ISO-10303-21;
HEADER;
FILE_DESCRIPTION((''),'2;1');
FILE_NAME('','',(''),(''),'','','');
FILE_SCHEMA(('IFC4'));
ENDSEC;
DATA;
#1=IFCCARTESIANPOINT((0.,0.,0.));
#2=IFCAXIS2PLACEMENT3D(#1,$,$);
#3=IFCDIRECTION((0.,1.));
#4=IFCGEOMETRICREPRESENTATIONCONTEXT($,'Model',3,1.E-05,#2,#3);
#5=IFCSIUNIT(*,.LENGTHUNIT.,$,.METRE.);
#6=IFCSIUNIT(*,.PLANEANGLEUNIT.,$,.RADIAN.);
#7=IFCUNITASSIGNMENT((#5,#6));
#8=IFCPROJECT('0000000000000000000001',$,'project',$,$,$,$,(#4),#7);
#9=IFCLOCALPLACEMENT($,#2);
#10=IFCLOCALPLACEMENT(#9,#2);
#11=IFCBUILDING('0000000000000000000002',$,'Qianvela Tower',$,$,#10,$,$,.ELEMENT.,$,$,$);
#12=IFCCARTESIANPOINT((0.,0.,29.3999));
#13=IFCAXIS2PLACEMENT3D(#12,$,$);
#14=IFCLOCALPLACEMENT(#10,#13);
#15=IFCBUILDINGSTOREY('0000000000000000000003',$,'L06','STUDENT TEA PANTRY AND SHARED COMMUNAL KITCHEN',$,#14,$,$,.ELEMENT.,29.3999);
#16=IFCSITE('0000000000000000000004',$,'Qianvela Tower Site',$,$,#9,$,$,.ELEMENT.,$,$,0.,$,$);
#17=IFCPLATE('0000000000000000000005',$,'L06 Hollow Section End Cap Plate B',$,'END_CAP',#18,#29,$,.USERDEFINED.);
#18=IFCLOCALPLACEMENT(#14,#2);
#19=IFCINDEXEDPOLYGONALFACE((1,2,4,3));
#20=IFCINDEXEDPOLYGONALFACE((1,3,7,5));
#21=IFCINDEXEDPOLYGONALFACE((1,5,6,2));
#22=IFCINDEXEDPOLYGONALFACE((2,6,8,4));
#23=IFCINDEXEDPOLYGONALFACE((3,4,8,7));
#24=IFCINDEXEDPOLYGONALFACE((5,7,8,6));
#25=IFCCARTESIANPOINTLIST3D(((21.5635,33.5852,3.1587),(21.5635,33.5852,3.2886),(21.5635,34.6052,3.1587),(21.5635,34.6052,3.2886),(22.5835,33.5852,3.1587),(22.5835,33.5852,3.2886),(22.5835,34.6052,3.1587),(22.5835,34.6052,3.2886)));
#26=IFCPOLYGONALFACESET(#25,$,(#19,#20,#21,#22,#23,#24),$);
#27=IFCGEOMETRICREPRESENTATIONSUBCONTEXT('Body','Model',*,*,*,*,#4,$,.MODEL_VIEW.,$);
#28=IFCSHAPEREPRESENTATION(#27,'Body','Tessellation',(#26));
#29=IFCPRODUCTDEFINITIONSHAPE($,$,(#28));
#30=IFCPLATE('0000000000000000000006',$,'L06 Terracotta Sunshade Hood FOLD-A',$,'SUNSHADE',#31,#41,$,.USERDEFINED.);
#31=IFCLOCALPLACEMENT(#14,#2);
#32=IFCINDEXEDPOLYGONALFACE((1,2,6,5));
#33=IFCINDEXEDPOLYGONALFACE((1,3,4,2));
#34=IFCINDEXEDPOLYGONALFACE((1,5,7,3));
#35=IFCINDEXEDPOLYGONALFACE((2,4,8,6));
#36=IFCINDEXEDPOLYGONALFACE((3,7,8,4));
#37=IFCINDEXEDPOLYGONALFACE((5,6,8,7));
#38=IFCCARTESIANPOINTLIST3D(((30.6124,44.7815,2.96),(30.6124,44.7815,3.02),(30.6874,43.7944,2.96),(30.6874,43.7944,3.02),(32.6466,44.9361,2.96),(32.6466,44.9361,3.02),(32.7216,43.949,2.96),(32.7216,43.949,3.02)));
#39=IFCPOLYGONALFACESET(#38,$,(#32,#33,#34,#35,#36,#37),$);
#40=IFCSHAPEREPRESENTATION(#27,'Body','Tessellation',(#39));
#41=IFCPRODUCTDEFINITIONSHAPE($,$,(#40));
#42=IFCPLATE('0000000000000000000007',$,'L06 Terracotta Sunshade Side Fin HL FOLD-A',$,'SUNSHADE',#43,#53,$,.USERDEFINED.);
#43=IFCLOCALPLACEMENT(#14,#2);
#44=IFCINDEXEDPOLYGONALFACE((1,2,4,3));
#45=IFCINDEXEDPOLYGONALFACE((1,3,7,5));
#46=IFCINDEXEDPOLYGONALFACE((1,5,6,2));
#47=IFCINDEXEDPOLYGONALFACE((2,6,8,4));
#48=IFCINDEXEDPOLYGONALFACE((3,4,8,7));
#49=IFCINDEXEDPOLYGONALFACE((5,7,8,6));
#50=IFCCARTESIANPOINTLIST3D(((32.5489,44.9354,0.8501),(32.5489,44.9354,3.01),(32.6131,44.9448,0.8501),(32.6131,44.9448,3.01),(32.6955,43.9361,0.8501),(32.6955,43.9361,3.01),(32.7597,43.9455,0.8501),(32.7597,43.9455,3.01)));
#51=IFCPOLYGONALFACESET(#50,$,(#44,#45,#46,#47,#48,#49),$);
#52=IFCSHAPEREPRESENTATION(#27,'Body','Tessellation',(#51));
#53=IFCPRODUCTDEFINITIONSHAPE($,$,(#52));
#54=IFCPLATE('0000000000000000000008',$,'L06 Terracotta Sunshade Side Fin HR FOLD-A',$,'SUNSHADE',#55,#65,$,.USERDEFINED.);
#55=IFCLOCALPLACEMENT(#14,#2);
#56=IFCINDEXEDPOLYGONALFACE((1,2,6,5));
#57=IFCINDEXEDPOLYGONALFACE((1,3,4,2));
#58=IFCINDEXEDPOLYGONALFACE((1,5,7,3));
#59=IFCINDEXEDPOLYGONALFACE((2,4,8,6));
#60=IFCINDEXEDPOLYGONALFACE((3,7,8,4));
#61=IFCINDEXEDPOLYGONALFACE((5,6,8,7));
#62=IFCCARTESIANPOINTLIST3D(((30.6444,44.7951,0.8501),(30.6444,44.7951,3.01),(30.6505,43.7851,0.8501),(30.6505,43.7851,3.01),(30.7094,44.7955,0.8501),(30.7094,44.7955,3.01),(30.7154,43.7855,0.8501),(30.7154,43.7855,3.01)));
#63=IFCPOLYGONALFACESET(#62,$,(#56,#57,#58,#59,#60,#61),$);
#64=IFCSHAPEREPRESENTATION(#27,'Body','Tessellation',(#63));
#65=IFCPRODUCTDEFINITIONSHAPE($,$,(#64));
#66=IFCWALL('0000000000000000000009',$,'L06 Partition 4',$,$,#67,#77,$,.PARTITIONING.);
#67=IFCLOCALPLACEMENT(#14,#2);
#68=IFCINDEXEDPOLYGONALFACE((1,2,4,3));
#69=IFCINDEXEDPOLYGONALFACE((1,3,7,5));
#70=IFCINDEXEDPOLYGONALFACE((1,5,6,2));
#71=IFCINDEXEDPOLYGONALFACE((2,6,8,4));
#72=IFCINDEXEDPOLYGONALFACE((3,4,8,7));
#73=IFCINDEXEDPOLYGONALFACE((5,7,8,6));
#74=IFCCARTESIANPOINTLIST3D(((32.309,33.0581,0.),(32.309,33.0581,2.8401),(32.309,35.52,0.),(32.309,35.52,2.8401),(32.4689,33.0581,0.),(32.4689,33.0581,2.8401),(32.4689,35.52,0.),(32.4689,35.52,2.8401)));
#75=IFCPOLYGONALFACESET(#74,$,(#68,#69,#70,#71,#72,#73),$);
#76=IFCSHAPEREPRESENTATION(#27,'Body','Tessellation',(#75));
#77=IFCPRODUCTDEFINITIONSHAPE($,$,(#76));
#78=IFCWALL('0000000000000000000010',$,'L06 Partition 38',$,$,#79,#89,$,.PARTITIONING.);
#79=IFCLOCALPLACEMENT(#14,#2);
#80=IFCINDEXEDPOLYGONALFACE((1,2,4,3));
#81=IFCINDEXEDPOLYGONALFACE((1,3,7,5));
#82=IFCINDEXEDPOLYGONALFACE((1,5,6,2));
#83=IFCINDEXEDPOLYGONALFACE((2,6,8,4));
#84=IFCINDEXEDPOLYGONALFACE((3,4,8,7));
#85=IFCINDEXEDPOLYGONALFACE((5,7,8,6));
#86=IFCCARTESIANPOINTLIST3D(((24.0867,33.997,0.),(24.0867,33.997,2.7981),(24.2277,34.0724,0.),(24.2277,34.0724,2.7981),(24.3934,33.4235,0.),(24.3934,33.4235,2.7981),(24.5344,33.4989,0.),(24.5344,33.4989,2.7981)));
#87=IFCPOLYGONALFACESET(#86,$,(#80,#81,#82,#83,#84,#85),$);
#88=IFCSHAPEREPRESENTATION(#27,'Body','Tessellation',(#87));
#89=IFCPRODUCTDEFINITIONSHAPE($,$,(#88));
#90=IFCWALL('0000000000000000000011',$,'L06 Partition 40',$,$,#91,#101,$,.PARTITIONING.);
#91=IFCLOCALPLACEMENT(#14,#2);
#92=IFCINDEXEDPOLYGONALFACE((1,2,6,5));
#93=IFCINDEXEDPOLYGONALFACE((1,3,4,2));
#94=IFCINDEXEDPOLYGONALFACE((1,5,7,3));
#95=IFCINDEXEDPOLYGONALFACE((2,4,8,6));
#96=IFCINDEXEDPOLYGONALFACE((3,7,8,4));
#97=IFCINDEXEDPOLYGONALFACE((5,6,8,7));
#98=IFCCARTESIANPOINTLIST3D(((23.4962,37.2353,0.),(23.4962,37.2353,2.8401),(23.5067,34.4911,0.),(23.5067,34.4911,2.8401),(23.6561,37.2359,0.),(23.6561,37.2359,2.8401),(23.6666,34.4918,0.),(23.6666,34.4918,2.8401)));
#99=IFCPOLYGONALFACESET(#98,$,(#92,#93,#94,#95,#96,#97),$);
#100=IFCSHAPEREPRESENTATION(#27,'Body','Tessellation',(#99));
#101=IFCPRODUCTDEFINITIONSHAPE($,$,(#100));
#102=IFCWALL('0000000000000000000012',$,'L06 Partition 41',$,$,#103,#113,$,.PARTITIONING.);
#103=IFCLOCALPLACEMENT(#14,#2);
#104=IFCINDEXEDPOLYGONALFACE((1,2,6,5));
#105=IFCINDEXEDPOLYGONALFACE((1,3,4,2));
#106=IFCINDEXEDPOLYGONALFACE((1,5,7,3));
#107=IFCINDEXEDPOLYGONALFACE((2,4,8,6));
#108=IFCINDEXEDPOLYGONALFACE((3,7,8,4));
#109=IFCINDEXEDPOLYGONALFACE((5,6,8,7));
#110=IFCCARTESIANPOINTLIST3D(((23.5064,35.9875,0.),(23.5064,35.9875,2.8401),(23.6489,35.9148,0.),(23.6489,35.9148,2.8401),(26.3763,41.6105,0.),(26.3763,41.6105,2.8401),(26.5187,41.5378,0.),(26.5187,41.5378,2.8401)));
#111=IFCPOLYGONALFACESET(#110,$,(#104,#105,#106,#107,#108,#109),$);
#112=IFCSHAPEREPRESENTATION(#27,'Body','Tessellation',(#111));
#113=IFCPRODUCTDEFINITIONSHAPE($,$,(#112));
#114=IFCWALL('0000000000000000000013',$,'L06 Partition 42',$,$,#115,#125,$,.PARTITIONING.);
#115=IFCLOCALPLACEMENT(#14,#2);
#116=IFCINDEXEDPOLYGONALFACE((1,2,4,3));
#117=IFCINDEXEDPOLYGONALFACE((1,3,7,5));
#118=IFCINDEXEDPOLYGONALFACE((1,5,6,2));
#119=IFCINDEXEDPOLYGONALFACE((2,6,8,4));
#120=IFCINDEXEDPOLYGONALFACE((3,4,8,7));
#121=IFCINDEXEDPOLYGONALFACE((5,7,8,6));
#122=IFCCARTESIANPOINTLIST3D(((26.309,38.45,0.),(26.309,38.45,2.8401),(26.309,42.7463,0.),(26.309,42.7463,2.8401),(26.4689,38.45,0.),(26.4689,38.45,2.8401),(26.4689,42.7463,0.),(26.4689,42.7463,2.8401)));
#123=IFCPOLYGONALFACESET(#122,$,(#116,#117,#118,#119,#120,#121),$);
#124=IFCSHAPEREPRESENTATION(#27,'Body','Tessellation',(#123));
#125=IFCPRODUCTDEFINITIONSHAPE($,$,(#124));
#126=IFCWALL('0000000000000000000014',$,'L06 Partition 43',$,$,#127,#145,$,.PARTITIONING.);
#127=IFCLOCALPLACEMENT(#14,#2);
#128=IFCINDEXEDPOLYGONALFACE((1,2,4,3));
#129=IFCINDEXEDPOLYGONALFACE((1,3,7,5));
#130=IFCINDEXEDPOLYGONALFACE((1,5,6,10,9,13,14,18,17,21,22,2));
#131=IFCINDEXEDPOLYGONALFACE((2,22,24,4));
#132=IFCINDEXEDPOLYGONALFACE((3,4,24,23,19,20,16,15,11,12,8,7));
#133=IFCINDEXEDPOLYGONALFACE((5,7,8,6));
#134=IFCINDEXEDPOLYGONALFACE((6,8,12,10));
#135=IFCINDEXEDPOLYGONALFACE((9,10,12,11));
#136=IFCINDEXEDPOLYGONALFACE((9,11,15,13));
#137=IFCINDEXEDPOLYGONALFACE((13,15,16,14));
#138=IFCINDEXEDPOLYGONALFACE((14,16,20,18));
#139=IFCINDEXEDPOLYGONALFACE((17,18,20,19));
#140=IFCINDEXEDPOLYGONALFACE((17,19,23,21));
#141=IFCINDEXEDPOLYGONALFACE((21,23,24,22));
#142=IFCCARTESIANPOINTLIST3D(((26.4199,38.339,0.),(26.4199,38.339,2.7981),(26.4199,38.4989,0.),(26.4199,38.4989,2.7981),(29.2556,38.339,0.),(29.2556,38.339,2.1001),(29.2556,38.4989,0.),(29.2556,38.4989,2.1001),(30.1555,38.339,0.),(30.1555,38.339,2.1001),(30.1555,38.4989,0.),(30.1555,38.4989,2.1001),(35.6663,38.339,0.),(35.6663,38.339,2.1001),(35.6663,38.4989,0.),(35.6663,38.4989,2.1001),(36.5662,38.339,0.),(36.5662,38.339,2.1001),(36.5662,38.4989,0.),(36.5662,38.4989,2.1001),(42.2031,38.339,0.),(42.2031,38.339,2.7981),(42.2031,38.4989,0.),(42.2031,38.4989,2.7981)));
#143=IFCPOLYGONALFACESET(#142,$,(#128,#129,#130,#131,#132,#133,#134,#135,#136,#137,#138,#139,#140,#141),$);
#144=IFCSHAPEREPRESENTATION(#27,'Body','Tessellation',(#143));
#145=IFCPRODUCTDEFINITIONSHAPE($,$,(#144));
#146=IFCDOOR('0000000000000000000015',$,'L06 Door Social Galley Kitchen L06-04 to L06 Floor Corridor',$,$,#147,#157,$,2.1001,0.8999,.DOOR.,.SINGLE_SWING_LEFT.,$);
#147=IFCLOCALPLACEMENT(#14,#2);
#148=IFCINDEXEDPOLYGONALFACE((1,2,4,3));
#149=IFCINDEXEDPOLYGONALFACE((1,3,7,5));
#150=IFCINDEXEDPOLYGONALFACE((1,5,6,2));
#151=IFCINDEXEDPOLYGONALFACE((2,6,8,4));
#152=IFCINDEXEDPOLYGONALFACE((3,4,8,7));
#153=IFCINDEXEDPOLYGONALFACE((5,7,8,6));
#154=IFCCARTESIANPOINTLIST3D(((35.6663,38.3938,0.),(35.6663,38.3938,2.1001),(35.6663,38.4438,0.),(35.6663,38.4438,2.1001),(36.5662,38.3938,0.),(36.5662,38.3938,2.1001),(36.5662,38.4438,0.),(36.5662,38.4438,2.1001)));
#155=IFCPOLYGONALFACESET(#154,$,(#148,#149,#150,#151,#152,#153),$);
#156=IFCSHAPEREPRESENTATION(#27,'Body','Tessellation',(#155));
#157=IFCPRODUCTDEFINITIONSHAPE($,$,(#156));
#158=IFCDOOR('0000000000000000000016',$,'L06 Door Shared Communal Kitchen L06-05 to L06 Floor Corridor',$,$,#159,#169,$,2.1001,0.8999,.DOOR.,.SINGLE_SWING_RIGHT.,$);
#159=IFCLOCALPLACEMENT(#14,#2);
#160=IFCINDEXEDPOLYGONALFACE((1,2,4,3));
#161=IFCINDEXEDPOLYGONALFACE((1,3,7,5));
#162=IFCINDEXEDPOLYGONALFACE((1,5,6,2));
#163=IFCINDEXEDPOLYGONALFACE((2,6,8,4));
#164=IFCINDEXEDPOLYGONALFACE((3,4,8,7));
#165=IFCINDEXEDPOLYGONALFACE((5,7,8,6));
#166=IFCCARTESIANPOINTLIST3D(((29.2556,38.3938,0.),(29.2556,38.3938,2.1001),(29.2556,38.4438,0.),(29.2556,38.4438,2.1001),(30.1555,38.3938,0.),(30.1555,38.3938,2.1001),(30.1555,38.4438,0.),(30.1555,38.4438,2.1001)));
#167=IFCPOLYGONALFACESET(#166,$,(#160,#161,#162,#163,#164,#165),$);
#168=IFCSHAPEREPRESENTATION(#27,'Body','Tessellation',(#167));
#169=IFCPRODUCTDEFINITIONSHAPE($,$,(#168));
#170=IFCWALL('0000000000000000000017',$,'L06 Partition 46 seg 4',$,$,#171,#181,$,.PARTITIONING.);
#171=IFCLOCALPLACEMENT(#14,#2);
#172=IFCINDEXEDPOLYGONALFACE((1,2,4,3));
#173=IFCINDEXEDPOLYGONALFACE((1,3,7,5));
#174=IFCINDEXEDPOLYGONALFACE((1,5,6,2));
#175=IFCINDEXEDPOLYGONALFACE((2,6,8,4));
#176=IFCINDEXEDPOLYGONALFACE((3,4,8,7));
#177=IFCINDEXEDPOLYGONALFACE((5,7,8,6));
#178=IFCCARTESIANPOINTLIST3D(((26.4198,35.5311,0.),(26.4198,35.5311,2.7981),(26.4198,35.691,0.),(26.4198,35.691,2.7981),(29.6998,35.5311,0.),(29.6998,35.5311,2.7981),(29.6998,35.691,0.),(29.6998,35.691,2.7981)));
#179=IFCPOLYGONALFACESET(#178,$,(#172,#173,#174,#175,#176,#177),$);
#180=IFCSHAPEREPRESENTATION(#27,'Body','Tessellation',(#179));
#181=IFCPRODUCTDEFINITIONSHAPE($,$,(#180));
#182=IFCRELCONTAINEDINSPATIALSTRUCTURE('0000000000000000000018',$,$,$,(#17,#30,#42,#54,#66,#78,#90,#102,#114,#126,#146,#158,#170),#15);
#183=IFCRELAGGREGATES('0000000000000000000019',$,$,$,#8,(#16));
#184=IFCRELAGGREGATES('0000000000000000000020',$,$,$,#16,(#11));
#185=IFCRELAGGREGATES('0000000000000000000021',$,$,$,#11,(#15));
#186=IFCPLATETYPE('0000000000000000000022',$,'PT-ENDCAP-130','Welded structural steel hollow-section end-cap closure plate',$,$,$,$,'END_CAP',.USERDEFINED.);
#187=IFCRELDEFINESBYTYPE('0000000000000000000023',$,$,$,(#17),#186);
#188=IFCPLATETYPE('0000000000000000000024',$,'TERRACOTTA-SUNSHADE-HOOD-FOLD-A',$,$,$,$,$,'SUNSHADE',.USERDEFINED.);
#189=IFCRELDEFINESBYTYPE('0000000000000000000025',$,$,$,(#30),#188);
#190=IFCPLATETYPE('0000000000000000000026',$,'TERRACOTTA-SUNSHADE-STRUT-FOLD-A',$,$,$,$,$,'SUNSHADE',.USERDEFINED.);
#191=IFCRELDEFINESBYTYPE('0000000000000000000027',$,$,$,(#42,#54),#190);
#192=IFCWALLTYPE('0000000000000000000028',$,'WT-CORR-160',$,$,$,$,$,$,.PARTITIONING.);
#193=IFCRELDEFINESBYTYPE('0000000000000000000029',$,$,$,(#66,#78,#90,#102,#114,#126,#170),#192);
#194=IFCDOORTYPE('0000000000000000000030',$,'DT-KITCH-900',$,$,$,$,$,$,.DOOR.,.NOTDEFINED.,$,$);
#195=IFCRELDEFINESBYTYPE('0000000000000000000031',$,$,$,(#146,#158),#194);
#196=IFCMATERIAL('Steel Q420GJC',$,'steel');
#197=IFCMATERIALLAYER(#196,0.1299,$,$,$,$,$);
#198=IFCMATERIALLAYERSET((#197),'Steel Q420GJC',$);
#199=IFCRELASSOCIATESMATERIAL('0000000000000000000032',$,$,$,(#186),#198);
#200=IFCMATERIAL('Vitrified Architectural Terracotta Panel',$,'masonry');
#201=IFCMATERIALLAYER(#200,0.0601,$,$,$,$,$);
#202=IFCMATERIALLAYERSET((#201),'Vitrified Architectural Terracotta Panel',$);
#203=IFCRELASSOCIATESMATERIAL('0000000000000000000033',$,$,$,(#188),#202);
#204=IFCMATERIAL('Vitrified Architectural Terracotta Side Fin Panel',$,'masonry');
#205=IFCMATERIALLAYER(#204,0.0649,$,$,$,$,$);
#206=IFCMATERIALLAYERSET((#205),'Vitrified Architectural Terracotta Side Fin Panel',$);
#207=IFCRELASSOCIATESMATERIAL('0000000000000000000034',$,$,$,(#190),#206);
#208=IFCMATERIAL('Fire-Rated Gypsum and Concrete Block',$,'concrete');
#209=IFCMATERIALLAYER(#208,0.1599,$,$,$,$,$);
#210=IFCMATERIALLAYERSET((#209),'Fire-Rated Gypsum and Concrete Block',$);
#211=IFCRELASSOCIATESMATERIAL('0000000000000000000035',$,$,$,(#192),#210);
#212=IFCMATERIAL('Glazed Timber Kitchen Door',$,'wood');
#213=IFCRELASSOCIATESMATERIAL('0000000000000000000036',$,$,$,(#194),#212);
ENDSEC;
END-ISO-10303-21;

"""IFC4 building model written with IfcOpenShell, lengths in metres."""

from ifc_helpers import new_model, si_unit, direction, frame, frame_2d, origin, origin_2d, place, context, subcontext, project, spatial, rectangle, extrude, material, layer, layer_set, type_object, element, fill, save


model = new_model("IFC4")

# Units and contexts
model_context = context("Model", 3, precision=1e-05, world=origin(), true_north=direction((0.0, 1.0)))
body_context = subcontext(model_context, "Body", "Model", "MODEL_VIEW")
ifc_project = project(units=[si_unit("LENGTHUNIT", "METRE"), si_unit("PLANEANGLEUNIT", "RADIAN")], contexts=[model_context])

# Site, building, storey
site_placement = place(None, origin())
site = spatial("IfcSite", under=ifc_project, at=site_placement, Name="Qianvela Tower Site", CompositionType="ELEMENT", RefElevation=0.0)
building_placement = place(site_placement, origin())
building = spatial("IfcBuilding", under=site, at=building_placement, Name="Qianvela Tower", CompositionType="ELEMENT")
storey_placement = place(building_placement, frame((0.0, 0.0, 29.3999)))
storey = spatial("IfcBuildingStorey", under=building, at=storey_placement, Name="L06", Description="STUDENT TEA PANTRY AND SHARED COMMUNAL KITCHEN", CompositionType="ELEMENT", Elevation=29.3999)

# Plates
ifc_material_1 = material(Name="Steel Q420GJC", Category="steel")
ifc_layer_1 = layer(ifc_material_1, 0.1299)
ifc_layer_set_1 = layer_set([ifc_layer_1], Name="Steel Q420GJC")
plate_type_1 = type_object("IfcPlateType", Name="PT-ENDCAP-130", Description="Welded structural steel hollow-section end-cap closure plate", ElementType="END_CAP", PredefinedType="USERDEFINED", material=ifc_layer_set_1)
plate_1_placement = place(storey_placement, frame((22.0735, 34.0952, 3.1587), z_axis=(0.0, 0.0, 1.0), x_axis=(1.0, 0.0, 0.0)))
element("IfcPlate", 1, at=plate_1_placement, inside=storey, type_object=plate_type_1, Name="L06 Hollow Section End Cap Plate B", ObjectType="END_CAP", PredefinedType="USERDEFINED", context=body_context, shape_type="SweptSolid", body=[
    extrude(rectangle(XDim=1.02, YDim=1.02, at=origin_2d()), origin(), (0.0, 0.0, 1.0), 0.1299),
])
ifc_material_2 = material(Name="Vitrified Architectural Terracotta Panel", Category="masonry")
ifc_layer_2 = layer(ifc_material_2, 0.0601)
ifc_layer_set_2 = layer_set([ifc_layer_2], Name="Vitrified Architectural Terracotta Panel")
plate_type_2 = type_object("IfcPlateType", Name="TERRACOTTA-SUNSHADE-HOOD-FOLD-A", ElementType="SUNSHADE", PredefinedType="USERDEFINED", material=ifc_layer_set_2)
plate_2_placement = place(storey_placement, frame((31.667, 44.3652, 2.96), z_axis=(0.0, 0.0, 1.0), x_axis=(-0.997125, -0.075776, 0.0)))
element("IfcPlate", 2, at=plate_2_placement, inside=storey, type_object=plate_type_2, Name="L06 Terracotta Sunshade Hood FOLD-A", ObjectType="SUNSHADE", PredefinedType="USERDEFINED", context=body_context, shape_type="SweptSolid", body=[
    extrude(rectangle(XDim=2.04, YDim=0.99, at=origin_2d()), origin(), (0.0, 0.0, 1.0), 0.0601),
])
ifc_material_3 = material(Name="Vitrified Architectural Terracotta Side Fin Panel", Category="masonry")
ifc_layer_3 = layer(ifc_material_3, 0.0649)
ifc_layer_set_3 = layer_set([ifc_layer_3], Name="Vitrified Architectural Terracotta Side Fin Panel")
plate_type_3 = type_object("IfcPlateType", Name="TERRACOTTA-SUNSHADE-STRUT-FOLD-A", ElementType="SUNSHADE", PredefinedType="USERDEFINED", material=ifc_layer_set_3)
for number, where, z_axis, x_axis, name in (
    (3, (32.6543, 44.4404, 0.8501), (0.0, 0.0, 1.0), (-0.98941, -0.145147, 0.0), "L06 Terracotta Sunshade Side Fin HL FOLD-A"),
    (4, (30.6799, 44.2903, 0.8501), (0.0, 0.0, 1.0), (-0.999982, -0.006035, 0.0), "L06 Terracotta Sunshade Side Fin HR FOLD-A"),
):
    element("IfcPlate", number, at=place(storey_placement, frame(where, z_axis=z_axis, x_axis=x_axis)), inside=storey, type_object=plate_type_3, Name=name, ObjectType="SUNSHADE", PredefinedType="USERDEFINED", context=body_context, shape_type="SweptSolid", body=[
        extrude(rectangle(XDim=0.0649, YDim=1.01, at=origin_2d()), origin(), (0.0, 0.0, 1.0), 2.1599),
    ])

# Shared definitions
ifc_material_4 = material(Name="Fire-Rated Gypsum and Concrete Block", Category="concrete")
ifc_layer_4 = layer(ifc_material_4, 0.1599)
ifc_layer_set_4 = layer_set([ifc_layer_4], Name="Fire-Rated Gypsum and Concrete Block")
wall_type_1 = type_object("IfcWallType", Name="WT-CORR-160", PredefinedType="PARTITIONING", material=ifc_layer_set_4)

# Walls
wall_1_placement = place(storey_placement, frame((32.3889, 35.52, 0.0), z_axis=(0.0, 0.0, 1.0), x_axis=(0.0, -1.0, 0.0)))
element("IfcWall", 5, at=wall_1_placement, inside=storey, type_object=wall_type_1, Name="L06 Partition 4", PredefinedType="PARTITIONING", context=body_context, shape_type="SweptSolid", body=[
    extrude(rectangle(XDim=2.4619, YDim=0.1599, at=frame_2d((1.231, 0.0))), origin(), (0.0, 0.0, 1.0), 2.8401),
])
wall_2_placement = place(storey_placement, frame((24.4639, 33.4612, 0.0), z_axis=(0.0, 0.0, 1.0), x_axis=(-0.471523, 0.881854, 0.0)))
element("IfcWall", 6, at=wall_2_placement, inside=storey, type_object=wall_type_1, Name="L06 Partition 38", PredefinedType="PARTITIONING", context=body_context, shape_type="SweptSolid", body=[
    extrude(rectangle(XDim=0.6504, YDim=0.1599, at=frame_2d((0.3252, 0.0))), origin(), (0.0, 0.0, 1.0), 2.7981),
])
wall_3_placement = place(storey_placement, frame((23.5867, 34.4915, 0.0), z_axis=(0.0, 0.0, 1.0), x_axis=(-0.003826, 0.999993, 0.0)))
element("IfcWall", 7, at=wall_3_placement, inside=storey, type_object=wall_type_1, Name="L06 Partition 40", PredefinedType="PARTITIONING", context=body_context, shape_type="SweptSolid", body=[
    extrude(rectangle(XDim=2.7441, YDim=0.1599, at=frame_2d((1.3721, 0.0))), origin(), (0.0, 0.0, 1.0), 2.8401),
])
wall_4_placement = place(storey_placement, frame((23.5776, 35.9512, 0.0), z_axis=(0.0, 0.0, 1.0), x_axis=(0.454592, 0.8907, 0.0)))
element("IfcWall", 8, at=wall_4_placement, inside=storey, type_object=wall_type_1, Name="L06 Partition 41", PredefinedType="PARTITIONING", context=body_context, shape_type="SweptSolid", body=[
    extrude(rectangle(XDim=6.313, YDim=0.1599, at=frame_2d((3.1565, 0.0))), origin(), (0.0, 0.0, 1.0), 2.8401),
])
wall_5_placement = place(storey_placement, frame((26.3889, 42.7463, 0.0), z_axis=(0.0, 0.0, 1.0), x_axis=(0.0, -1.0, 0.0)))
element("IfcWall", 9, at=wall_5_placement, inside=storey, type_object=wall_type_1, Name="L06 Partition 42", PredefinedType="PARTITIONING", context=body_context, shape_type="SweptSolid", body=[
    extrude(rectangle(XDim=4.2964, YDim=0.1599, at=frame_2d((2.1482, 0.0))), origin(), (0.0, 0.0, 1.0), 2.8401),
])

# Wall, openings, doors
wall_6_placement = place(storey_placement, frame((26.4199, 38.4189, 0.0), z_axis=(0.0, 0.0, 1.0), x_axis=(1.0, 0.0, 0.0)))
wall_6 = element("IfcWall", 10, at=wall_6_placement, inside=storey, type_object=wall_type_1, Name="L06 Partition 43", PredefinedType="PARTITIONING", context=body_context, shape_type="SweptSolid", body=[
    extrude(rectangle(XDim=15.7832, YDim=0.1599, at=frame_2d((7.8916, 0.0))), origin(), (0.0, 0.0, 1.0), 2.7981),
])
opening_1_placement = place(wall_6_placement, frame((9.2463, 0.0, 0.0)))
opening_1 = element("IfcOpeningElement", 11, at=opening_1_placement, cuts=wall_6, PredefinedType="OPENING", context=body_context, shape_type="SweptSolid", body=[
    extrude(rectangle(XDim=0.8999, YDim=2.1001, at=frame_2d((0.45, 1.05))), frame((0.0, 0.0898, 0.0), z_axis=(0.0, -1.0, 0.0), x_axis=(1.0, 0.0, 0.0)), (0.0, 0.0, 1.0), 0.1799),
])
opening_2_placement = place(wall_6_placement, frame((2.8357, 0.0, 0.0)))
opening_2 = element("IfcOpeningElement", 12, at=opening_2_placement, cuts=wall_6, PredefinedType="OPENING", context=body_context, shape_type="SweptSolid", body=[
    extrude(rectangle(XDim=0.8999, YDim=2.1001, at=frame_2d((0.45, 1.05))), frame((0.0, 0.0898, 0.0), z_axis=(0.0, -1.0, 0.0), x_axis=(1.0, 0.0, 0.0)), (0.0, 0.0, 1.0), 0.1799),
])
ifc_material_5 = material(Name="Glazed Timber Kitchen Door", Category="wood")
door_type_1 = type_object("IfcDoorType", Name="DT-KITCH-900", OperationType="NOTDEFINED", PredefinedType="DOOR", material=ifc_material_5)
door_1_placement = place(opening_1_placement, origin())
door_1 = element("IfcDoor", 13, at=door_1_placement, inside=storey, type_object=door_type_1, Name="L06 Door Social Galley Kitchen L06-04 to L06 Floor Corridor", OperationType="SINGLE_SWING_LEFT", OverallHeight=2.1001, OverallWidth=0.8999, PredefinedType="DOOR", context=body_context, shape_type="SweptSolid", body=[
    extrude(rectangle(XDim=0.8999, YDim=2.1001, at=frame_2d((0.45, 1.05))), frame((0.0, 0.0249, 0.0), z_axis=(0.0, -1.0, 0.0), x_axis=(1.0, 0.0, 0.0)), (0.0, 0.0, 1.0), 0.05),
])
fill(opening_1, door_1)
door_2_placement = place(opening_2_placement, origin())
door_2 = element("IfcDoor", 14, at=door_2_placement, inside=storey, type_object=door_type_1, Name="L06 Door Shared Communal Kitchen L06-05 to L06 Floor Corridor", OperationType="SINGLE_SWING_RIGHT", OverallHeight=2.1001, OverallWidth=0.8999, PredefinedType="DOOR", context=body_context, shape_type="SweptSolid", body=[
    extrude(rectangle(XDim=0.8999, YDim=2.1001, at=frame_2d((0.45, 1.05))), frame((0.0, 0.0249, 0.0), z_axis=(0.0, -1.0, 0.0), x_axis=(1.0, 0.0, 0.0)), (0.0, 0.0, 1.0), 0.05),
])
fill(opening_2, door_2)

# Wall
wall_7_placement = place(storey_placement, frame((29.7, 35.6111, 0.0), z_axis=(0.0, 0.0, 1.0), x_axis=(-1.0, 0.0, 0.0)))
element("IfcWall", 15, at=wall_7_placement, inside=storey, type_object=wall_type_1, Name="L06 Partition 46 seg 4", PredefinedType="PARTITIONING", context=body_context, shape_type="SweptSolid", body=[
    extrude(rectangle(XDim=3.28, YDim=0.1599, at=frame_2d((1.6401, 0.0))), origin(), (0.0, 0.0, 1.0), 2.7981),
])

save(model, "model.ifc")
